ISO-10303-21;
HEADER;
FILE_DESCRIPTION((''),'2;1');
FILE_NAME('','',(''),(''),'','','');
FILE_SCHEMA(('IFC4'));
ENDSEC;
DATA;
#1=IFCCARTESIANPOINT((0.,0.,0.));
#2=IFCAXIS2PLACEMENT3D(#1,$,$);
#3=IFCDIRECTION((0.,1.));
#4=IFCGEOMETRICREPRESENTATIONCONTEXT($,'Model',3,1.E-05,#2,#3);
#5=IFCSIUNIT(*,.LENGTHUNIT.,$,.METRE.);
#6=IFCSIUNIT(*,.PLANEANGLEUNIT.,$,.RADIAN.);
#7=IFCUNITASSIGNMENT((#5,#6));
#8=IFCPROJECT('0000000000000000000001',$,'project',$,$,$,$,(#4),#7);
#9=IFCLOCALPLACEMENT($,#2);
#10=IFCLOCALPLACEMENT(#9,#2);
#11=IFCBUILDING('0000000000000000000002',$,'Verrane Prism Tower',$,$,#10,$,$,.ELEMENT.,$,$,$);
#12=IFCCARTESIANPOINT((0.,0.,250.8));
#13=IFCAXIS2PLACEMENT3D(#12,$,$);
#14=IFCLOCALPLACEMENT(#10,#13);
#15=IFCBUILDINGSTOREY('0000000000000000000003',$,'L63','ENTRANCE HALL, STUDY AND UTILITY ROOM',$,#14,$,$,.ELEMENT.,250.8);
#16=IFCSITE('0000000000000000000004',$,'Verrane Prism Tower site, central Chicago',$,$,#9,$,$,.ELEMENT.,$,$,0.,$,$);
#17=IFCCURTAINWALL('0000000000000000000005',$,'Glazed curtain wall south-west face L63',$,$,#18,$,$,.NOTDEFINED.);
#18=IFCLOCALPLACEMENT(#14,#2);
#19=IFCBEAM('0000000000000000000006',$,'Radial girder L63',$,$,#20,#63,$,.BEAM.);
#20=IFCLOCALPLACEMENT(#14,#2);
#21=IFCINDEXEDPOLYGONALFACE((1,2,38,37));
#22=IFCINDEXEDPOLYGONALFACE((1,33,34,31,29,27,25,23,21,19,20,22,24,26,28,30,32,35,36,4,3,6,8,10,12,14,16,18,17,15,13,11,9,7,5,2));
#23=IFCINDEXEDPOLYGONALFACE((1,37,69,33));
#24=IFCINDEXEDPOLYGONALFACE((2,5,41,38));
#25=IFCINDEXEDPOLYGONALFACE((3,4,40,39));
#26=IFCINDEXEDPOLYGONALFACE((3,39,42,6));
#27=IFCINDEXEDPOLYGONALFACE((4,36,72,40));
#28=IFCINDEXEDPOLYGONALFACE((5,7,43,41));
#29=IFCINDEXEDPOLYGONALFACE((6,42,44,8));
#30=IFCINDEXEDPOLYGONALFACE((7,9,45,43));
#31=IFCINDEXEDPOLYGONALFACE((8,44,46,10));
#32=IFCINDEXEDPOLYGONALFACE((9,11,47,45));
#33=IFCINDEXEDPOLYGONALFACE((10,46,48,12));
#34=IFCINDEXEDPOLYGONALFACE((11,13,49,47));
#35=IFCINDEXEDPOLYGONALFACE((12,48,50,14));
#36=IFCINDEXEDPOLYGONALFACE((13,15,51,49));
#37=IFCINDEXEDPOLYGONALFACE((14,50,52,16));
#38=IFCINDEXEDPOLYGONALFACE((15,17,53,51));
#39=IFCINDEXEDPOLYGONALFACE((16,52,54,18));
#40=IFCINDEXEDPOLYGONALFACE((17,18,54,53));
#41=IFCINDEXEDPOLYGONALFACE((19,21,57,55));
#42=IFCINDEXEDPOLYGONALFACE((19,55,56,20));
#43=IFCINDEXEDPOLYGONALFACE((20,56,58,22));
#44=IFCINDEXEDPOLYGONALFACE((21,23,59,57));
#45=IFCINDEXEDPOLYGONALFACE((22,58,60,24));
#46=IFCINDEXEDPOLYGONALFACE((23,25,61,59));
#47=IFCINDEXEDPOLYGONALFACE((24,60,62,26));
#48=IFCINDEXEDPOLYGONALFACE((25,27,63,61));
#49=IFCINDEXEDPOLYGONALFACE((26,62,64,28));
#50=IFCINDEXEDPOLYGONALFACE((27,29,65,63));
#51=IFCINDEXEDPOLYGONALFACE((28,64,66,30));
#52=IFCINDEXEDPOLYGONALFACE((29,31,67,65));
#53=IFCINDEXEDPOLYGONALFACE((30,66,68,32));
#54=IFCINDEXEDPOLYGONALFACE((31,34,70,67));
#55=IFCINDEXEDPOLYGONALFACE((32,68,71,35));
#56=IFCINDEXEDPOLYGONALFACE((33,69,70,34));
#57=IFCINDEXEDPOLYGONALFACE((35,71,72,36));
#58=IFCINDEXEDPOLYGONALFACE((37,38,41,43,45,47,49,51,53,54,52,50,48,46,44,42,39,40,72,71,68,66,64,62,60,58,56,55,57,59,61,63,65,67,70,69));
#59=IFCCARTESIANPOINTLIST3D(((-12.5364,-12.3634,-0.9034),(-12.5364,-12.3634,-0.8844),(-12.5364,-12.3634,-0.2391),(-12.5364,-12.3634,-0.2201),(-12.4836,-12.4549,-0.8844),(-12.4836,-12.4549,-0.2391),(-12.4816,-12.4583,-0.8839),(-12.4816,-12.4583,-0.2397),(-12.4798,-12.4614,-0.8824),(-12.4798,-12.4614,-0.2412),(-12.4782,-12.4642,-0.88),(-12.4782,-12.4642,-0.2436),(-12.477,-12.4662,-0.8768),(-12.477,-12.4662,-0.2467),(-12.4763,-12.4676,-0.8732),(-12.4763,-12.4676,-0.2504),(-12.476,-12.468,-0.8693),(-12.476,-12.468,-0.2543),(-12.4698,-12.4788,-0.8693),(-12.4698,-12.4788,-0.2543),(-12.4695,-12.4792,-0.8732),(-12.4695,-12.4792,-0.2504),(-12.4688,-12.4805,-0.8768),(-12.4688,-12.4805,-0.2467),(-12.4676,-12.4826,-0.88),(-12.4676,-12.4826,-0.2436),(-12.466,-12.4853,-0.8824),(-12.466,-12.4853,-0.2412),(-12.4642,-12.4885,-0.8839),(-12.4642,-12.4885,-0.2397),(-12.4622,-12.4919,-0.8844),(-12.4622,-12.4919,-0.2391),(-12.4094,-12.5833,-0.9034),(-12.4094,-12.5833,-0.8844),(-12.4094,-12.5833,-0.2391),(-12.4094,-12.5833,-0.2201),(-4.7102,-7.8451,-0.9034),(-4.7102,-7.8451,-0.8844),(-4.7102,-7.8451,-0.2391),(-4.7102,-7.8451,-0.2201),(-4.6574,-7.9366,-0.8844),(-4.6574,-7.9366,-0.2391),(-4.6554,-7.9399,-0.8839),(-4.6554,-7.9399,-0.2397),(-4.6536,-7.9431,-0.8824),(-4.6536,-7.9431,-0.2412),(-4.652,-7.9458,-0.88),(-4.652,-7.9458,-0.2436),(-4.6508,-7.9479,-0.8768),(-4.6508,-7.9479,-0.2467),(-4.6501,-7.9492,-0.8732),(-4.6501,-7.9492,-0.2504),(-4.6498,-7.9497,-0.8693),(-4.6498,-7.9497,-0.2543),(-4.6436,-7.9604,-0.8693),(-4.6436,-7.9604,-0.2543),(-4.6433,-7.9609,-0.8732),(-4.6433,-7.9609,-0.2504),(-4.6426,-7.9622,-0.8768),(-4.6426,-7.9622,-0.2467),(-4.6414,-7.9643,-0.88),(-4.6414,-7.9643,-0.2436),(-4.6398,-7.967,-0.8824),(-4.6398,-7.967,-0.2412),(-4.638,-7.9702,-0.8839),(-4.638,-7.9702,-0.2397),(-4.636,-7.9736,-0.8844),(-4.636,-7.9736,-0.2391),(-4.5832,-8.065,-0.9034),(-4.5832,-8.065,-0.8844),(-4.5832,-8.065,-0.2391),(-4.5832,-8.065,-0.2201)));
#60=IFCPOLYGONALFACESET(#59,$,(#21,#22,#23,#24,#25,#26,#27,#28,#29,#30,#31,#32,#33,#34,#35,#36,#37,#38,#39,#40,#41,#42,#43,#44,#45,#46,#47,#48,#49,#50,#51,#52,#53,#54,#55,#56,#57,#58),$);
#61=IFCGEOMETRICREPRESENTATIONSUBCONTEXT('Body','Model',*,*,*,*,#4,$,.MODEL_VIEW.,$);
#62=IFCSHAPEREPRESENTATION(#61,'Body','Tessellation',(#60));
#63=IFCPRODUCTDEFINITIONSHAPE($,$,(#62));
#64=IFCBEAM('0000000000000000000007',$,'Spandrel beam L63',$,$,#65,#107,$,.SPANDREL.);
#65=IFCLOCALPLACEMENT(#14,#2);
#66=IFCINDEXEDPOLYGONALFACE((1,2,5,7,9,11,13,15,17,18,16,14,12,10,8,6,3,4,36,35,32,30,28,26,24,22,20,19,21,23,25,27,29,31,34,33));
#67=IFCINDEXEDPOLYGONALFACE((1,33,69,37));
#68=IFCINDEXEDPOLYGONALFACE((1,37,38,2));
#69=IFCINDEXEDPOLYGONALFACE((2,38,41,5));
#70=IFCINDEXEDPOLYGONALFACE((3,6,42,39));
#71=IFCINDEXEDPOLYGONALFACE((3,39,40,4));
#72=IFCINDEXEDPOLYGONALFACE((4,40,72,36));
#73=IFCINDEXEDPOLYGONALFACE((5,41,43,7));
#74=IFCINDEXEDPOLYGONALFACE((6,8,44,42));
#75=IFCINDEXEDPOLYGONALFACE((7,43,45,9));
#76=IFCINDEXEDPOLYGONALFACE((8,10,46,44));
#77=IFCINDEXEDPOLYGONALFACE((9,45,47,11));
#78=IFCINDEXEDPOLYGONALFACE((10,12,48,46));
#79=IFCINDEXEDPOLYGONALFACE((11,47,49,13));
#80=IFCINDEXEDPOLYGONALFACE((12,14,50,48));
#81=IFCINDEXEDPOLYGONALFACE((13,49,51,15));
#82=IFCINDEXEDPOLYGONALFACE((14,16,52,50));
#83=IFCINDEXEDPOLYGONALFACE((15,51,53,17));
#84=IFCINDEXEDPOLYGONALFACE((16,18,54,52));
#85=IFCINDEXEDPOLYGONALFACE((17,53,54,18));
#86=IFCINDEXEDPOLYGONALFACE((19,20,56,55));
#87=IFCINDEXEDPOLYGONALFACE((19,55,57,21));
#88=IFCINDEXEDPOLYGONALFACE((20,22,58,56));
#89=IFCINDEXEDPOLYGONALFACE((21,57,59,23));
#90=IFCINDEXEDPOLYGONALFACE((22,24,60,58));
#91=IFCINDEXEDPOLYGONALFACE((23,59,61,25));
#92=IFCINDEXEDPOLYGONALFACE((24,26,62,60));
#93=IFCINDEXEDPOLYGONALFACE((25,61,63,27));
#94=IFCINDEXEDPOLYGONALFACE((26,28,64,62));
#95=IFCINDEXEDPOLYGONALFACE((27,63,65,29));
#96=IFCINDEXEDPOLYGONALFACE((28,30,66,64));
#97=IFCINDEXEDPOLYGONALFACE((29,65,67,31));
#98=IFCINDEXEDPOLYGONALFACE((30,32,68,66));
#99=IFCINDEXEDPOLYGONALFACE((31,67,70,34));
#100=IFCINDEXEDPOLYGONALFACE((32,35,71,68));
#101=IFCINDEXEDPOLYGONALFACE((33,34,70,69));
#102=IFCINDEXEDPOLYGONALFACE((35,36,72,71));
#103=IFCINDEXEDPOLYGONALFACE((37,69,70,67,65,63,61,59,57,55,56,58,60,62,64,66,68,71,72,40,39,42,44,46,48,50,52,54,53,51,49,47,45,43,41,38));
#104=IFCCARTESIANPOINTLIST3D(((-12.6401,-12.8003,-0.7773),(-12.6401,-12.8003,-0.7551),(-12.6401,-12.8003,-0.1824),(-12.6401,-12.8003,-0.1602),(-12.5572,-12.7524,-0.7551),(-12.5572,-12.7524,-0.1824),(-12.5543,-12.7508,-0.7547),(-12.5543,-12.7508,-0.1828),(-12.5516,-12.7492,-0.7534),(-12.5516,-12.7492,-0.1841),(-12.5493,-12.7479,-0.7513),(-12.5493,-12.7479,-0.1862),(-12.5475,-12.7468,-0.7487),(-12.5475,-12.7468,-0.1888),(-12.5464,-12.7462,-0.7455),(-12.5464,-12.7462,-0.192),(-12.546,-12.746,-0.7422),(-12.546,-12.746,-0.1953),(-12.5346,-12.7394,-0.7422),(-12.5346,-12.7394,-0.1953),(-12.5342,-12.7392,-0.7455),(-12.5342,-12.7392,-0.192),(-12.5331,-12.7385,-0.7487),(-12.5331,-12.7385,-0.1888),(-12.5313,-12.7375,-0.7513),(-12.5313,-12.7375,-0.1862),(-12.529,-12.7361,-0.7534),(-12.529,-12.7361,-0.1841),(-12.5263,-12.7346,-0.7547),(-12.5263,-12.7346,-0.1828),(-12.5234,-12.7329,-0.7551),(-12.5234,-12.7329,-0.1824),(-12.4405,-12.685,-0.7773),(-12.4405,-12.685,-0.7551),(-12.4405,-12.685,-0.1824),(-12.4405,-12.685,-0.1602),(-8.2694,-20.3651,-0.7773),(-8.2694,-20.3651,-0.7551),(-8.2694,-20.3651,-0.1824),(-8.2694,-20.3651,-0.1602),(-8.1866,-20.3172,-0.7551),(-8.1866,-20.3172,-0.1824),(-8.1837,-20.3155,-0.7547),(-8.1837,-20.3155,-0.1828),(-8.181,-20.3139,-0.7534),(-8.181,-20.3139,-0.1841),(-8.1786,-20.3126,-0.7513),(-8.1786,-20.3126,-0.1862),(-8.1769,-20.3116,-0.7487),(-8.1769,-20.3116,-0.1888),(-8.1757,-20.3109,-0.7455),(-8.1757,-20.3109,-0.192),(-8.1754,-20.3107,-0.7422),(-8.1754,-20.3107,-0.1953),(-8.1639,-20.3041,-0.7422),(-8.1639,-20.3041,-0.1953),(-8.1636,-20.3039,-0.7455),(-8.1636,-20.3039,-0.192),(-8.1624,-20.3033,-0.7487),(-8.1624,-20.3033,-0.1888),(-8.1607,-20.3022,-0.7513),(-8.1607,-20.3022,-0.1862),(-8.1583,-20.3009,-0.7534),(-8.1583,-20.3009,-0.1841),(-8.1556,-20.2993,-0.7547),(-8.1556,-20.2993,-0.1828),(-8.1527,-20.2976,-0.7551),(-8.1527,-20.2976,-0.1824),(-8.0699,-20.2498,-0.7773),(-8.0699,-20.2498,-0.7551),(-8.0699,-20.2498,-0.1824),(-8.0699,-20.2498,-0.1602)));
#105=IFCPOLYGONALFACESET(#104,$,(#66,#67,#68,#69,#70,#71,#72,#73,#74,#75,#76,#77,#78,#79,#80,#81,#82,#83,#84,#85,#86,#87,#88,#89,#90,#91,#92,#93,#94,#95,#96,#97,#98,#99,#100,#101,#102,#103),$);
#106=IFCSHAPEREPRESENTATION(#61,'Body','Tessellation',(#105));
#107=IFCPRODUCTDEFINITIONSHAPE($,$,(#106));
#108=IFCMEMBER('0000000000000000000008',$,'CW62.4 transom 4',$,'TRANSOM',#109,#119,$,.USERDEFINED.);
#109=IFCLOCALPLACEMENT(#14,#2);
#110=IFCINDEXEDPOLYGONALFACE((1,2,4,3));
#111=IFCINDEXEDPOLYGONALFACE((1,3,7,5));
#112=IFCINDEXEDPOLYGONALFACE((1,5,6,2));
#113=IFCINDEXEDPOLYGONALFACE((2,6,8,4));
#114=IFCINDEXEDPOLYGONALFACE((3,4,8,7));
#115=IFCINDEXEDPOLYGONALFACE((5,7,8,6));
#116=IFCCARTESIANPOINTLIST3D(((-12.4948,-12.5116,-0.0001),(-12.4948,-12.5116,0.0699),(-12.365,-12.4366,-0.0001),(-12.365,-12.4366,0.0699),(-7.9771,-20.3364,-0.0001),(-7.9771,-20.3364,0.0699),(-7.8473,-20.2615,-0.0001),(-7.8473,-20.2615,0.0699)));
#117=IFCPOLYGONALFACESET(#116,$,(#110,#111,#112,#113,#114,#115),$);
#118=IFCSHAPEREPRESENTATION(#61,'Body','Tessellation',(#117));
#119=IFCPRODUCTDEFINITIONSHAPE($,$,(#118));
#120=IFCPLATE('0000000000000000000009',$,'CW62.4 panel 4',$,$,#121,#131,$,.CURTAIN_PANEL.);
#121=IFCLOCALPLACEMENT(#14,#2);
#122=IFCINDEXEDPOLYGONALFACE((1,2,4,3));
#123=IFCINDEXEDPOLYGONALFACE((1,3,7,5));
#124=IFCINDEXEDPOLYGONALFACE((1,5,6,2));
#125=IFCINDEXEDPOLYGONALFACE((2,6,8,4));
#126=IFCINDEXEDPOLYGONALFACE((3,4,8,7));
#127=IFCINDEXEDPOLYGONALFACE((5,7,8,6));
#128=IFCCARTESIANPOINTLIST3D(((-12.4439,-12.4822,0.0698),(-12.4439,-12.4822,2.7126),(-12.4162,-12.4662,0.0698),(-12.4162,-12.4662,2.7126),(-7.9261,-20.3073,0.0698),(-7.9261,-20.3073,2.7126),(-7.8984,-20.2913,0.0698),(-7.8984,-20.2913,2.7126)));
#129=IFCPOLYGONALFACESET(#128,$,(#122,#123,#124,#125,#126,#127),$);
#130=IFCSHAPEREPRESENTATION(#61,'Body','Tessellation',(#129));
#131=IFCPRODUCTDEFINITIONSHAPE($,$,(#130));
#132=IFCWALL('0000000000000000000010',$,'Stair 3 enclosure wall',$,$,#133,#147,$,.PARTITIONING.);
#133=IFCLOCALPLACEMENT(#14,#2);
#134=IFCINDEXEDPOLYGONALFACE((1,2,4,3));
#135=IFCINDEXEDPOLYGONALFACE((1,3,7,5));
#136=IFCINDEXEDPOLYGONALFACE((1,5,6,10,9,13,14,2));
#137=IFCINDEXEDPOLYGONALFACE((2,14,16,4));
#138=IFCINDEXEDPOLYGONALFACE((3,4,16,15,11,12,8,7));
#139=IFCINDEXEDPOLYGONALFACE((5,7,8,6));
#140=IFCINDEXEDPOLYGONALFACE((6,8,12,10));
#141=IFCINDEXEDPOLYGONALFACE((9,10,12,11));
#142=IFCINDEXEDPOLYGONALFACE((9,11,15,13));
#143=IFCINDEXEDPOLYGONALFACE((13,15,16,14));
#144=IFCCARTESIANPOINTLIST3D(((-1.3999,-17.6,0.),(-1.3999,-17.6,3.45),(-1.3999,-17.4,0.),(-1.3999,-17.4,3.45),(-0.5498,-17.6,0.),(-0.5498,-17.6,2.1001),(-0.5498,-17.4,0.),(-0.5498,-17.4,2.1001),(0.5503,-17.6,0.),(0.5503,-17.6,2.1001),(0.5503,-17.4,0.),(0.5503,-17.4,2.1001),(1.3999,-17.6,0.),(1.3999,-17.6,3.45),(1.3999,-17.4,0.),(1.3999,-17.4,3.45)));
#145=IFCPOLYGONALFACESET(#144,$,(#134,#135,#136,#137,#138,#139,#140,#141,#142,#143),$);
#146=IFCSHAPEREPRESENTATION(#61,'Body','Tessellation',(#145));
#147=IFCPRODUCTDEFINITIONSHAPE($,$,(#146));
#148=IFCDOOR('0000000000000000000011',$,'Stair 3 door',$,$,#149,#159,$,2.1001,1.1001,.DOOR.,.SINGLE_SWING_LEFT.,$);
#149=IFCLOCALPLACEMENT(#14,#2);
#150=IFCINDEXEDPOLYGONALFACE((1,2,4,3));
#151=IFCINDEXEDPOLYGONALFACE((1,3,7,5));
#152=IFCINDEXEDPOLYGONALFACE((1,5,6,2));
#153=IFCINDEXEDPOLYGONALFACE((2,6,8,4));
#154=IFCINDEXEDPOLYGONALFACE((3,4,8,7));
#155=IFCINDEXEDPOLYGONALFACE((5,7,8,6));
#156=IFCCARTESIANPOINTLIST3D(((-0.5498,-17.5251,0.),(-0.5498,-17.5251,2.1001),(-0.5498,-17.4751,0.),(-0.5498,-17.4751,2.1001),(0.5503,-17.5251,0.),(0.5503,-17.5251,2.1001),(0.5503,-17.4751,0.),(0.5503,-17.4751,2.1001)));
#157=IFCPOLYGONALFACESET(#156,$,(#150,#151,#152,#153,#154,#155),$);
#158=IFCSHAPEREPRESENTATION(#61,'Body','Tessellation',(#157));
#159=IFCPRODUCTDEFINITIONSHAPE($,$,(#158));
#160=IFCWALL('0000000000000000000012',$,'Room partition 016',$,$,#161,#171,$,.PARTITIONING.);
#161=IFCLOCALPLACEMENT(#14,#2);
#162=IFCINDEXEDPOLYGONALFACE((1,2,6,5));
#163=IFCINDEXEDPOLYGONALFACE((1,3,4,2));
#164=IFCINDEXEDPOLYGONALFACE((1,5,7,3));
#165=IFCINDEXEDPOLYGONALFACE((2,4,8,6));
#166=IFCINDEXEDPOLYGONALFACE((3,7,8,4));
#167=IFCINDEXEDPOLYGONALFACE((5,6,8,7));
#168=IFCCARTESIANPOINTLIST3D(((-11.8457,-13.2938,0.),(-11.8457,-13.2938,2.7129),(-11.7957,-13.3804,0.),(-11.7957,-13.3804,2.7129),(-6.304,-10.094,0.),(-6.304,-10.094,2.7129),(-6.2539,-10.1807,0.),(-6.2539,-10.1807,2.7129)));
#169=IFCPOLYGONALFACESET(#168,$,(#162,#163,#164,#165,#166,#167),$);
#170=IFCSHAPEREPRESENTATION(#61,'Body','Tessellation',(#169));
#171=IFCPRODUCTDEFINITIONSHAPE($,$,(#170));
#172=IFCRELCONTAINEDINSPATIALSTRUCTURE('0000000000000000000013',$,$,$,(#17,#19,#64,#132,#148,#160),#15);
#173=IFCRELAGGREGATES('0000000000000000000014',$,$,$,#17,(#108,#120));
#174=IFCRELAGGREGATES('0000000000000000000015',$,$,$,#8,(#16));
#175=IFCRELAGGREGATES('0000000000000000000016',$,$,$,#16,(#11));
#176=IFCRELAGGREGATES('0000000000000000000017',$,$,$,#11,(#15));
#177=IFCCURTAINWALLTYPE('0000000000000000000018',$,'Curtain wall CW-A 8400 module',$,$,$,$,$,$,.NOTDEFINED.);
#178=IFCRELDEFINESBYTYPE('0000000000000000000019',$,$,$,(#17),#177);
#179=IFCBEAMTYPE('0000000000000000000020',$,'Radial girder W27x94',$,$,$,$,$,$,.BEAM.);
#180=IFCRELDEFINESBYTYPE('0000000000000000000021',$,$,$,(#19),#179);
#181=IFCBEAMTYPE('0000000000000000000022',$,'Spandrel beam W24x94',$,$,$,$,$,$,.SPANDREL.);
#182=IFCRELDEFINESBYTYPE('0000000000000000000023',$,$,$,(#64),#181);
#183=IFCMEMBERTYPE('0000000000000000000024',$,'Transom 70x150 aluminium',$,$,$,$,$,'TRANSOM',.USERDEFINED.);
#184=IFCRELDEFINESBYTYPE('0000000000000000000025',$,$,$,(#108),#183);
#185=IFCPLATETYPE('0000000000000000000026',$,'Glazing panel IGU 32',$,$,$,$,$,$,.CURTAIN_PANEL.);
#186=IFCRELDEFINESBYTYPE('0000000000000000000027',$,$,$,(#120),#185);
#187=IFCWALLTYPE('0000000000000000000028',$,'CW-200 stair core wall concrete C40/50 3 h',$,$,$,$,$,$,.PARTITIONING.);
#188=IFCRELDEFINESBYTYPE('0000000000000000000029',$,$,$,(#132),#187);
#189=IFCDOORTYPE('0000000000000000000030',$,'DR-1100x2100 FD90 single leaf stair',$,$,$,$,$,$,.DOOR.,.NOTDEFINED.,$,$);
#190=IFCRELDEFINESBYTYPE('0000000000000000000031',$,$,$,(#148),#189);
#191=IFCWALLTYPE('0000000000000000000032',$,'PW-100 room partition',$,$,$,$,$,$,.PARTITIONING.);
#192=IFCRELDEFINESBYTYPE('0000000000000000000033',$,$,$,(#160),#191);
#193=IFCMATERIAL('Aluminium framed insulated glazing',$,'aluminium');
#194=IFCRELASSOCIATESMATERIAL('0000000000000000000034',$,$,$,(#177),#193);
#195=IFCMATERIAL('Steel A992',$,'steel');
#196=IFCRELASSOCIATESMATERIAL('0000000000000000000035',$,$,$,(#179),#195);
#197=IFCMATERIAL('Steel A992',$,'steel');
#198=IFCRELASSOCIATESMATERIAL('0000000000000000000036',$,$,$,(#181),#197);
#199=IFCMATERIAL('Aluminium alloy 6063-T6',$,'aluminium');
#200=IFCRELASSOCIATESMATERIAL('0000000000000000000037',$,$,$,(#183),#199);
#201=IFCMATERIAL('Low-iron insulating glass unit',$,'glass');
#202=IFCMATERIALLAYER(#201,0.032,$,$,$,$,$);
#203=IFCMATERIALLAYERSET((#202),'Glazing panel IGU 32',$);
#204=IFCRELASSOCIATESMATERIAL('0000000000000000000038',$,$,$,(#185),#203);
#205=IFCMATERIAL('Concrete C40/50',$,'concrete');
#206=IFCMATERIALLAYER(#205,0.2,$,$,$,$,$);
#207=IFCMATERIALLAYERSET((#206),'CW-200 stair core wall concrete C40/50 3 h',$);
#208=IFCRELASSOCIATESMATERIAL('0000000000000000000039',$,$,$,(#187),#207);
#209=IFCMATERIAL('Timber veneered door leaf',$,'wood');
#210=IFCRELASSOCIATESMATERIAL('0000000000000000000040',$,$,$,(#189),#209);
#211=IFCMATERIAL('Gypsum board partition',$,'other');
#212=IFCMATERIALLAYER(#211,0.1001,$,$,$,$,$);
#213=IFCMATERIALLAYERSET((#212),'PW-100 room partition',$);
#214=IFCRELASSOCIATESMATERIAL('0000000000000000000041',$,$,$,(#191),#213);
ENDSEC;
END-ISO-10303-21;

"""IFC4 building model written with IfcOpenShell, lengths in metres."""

from ifc_helpers import new_model, si_unit, direction, frame, frame_2d, origin, origin_2d, place, context, subcontext, project, spatial, rectangle, i_section, extrude, material, layer, layer_set, material_profile, profile_set, type_object, element, fill, aggregate, save


model = new_model("IFC4")

# Units and contexts
model_context = context("Model", 3, precision=1e-05, world=origin(), true_north=direction((0.0, 1.0)))
body_context = subcontext(model_context, "Body", "Model", "MODEL_VIEW")
ifc_project = project(units=[si_unit("LENGTHUNIT", "METRE"), si_unit("PLANEANGLEUNIT", "RADIAN")], contexts=[model_context])

# Site, building, storey
site_placement = place(None, origin())
site = spatial("IfcSite", under=ifc_project, at=site_placement, Name="Verrane Prism Tower site, central Chicago", CompositionType="ELEMENT", RefElevation=0.0)
building_placement = place(site_placement, origin())
building = spatial("IfcBuilding", under=site, at=building_placement, Name="Verrane Prism Tower", CompositionType="ELEMENT")
storey_placement = place(building_placement, frame((0.0, 0.0, 250.8)))
storey = spatial("IfcBuildingStorey", under=building, at=storey_placement, Name="L63", Description="ENTRANCE HALL, STUDY AND UTILITY ROOM", CompositionType="ELEMENT", Elevation=250.8)

# Curtain wall
ifc_material_1 = material(Name="Aluminium framed insulated glazing", Category="aluminium")
curtain_wall_type = type_object("IfcCurtainWallType", Name="Curtain wall CW-A 8400 module", PredefinedType="NOTDEFINED", material=ifc_material_1)
curtain_wall_placement = place(storey_placement, origin())
curtain_wall = element("IfcCurtainWall", 1, at=curtain_wall_placement, inside=storey, type_object=curtain_wall_type, Name="Glazed curtain wall south-west face L63", PredefinedType="NOTDEFINED")

# Beams
ifc_material_2 = material(Name="Steel A992", Category="steel")
ifc_material_profile_1 = material_profile(ifc_material_2, i_section(OverallWidth=0.2539, OverallDepth=0.6833, WebThickness=0.0125, FlangeThickness=0.019, FilletRadius=0.0151, at=origin_2d()), Name="W27x94")
ifc_profile_set_1 = profile_set([ifc_material_profile_1], Name="Steel A992")
beam_type_1 = type_object("IfcBeamType", Name="Radial girder W27x94", PredefinedType="BEAM", material=ifc_profile_set_1)
beam_1_placement = place(storey_placement, frame((-12.4729, -12.4734, -0.5618), z_axis=(0.866032, 0.499989, 0.0), x_axis=(-0.499989, 0.866032, 0.0)))
element("IfcBeam", 2, at=beam_1_placement, inside=storey, type_object=beam_type_1, Name="Radial girder L63", PredefinedType="BEAM", context=body_context, shape_type="SweptSolid", body=[
    extrude(i_section(OverallWidth=0.2539, OverallDepth=0.6833, WebThickness=0.0125, FlangeThickness=0.019, FilletRadius=0.0151, at=origin_2d()), origin(), (0.0, 0.0, 1.0), 9.0369),
])
ifc_material_3 = material(Name="Steel A992", Category="steel")
ifc_material_profile_2 = material_profile(ifc_material_3, i_section(OverallWidth=0.2305, OverallDepth=0.6172, WebThickness=0.0132, FlangeThickness=0.0222, FilletRadius=0.0129, at=origin_2d()), Name="W24x94")
ifc_profile_set_2 = profile_set([ifc_material_profile_2], Name="Steel A992")
beam_type_2 = type_object("IfcBeamType", Name="Spandrel beam W24x94", PredefinedType="SPANDREL", material=ifc_profile_set_2)
beam_2_placement = place(storey_placement, frame((-12.5403, -12.7427, -0.4688), z_axis=(0.500268, -0.86587, 0.0), x_axis=(0.86587, 0.500268, 0.0)))
element("IfcBeam", 3, at=beam_2_placement, inside=storey, type_object=beam_type_2, Name="Spandrel beam L63", PredefinedType="SPANDREL", context=body_context, shape_type="SweptSolid", body=[
    extrude(i_section(OverallWidth=0.2305, OverallDepth=0.6172, WebThickness=0.0132, FlangeThickness=0.0222, FilletRadius=0.0129, at=origin_2d()), origin(), (0.0, 0.0, 1.0), 8.7366),
])

# Member
ifc_material_4 = material(Name="Aluminium alloy 6063-T6", Category="aluminium")
ifc_material_profile_3 = material_profile(ifc_material_4, rectangle(XDim=0.1499, YDim=0.0701, at=origin_2d()), Name="Transom 70x150 aluminium")
ifc_profile_set_3 = profile_set([ifc_material_profile_3], Name="Aluminium alloy 6063-T6")
member_type_1 = type_object("IfcMemberType", Name="Transom 70x150 aluminium", ElementType="TRANSOM", PredefinedType="USERDEFINED", material=ifc_profile_set_3)
member_1_placement = place(storey_placement, frame((-12.4299, -12.4741, 0.0349), z_axis=(0.500007, -0.866021, 0.0), x_axis=(0.866021, 0.500007, 0.0)))
member_1 = element("IfcMember", 4, at=member_1_placement, type_object=member_type_1, Name="CW62.4 transom 4", ObjectType="TRANSOM", PredefinedType="USERDEFINED", context=body_context, shape_type="SweptSolid", body=[
    extrude(rectangle(XDim=0.1499, YDim=0.0701, at=origin_2d()), origin(), (0.0, 0.0, 1.0), 9.0354),
])

# Plate
ifc_material_5 = material(Name="Low-iron insulating glass unit", Category="glass")
ifc_layer_1 = layer(ifc_material_5, 0.032)
ifc_layer_set_1 = layer_set([ifc_layer_1], Name="Glazing panel IGU 32")
plate_type = type_object("IfcPlateType", Name="Glazing panel IGU 32", PredefinedType="CURTAIN_PANEL", material=ifc_layer_set_1)
plate_placement = place(storey_placement, frame((-10.1711, -16.3867, 0.0698), z_axis=(0.0, 0.0, 1.0), x_axis=(0.5, -0.866026, 0.0)))
plate = element("IfcPlate", 5, at=plate_placement, type_object=plate_type, Name="CW62.4 panel 4", PredefinedType="CURTAIN_PANEL", context=body_context, shape_type="SweptSolid", body=[
    extrude(rectangle(XDim=9.0356, YDim=0.032, at=origin_2d()), origin(), (0.0, 0.0, 1.0), 2.6428),
])
aggregate(curtain_wall, [member_1, plate])

# Wall, opening, door
ifc_material_6 = material(Name="Concrete C40/50", Category="concrete")
ifc_layer_2 = layer(ifc_material_6, 0.2)
ifc_layer_set_2 = layer_set([ifc_layer_2], Name="CW-200 stair core wall concrete C40/50 3 h")
wall_type_1 = type_object("IfcWallType", Name="CW-200 stair core wall concrete C40/50 3 h", PredefinedType="PARTITIONING", material=ifc_layer_set_2)
wall_1_placement = place(storey_placement, frame((-1.3999, -17.5, 0.0), z_axis=(0.0, 0.0, 1.0), x_axis=(1.0, 0.0, 0.0)))
wall_1 = element("IfcWall", 6, at=wall_1_placement, inside=storey, type_object=wall_type_1, Name="Stair 3 enclosure wall", PredefinedType="PARTITIONING", context=body_context, shape_type="SweptSolid", body=[
    extrude(rectangle(XDim=2.7998, YDim=0.2, at=frame_2d((1.3999, 0.0))), origin(), (0.0, 0.0, 1.0), 3.45),
])
opening_1_placement = place(wall_1_placement, frame((0.8501, 0.0, 0.0)))
opening_1 = element("IfcOpeningElement", 7, at=opening_1_placement, cuts=wall_1, PredefinedType="OPENING", context=body_context, shape_type="SweptSolid", body=[
    extrude(rectangle(XDim=1.1001, YDim=2.1001, at=frame_2d((0.55, 1.05))), frame((0.0, 0.1099, 0.0), z_axis=(0.0, -1.0, 0.0), x_axis=(1.0, 0.0, 0.0)), (0.0, 0.0, 1.0), 0.22),
])
ifc_material_7 = material(Name="Timber veneered door leaf", Category="wood")
door_type_1 = type_object("IfcDoorType", Name="DR-1100x2100 FD90 single leaf stair", OperationType="NOTDEFINED", PredefinedType="DOOR", material=ifc_material_7)
door_1_placement = place(opening_1_placement, origin())
door_1 = element("IfcDoor", 8, at=door_1_placement, inside=storey, type_object=door_type_1, Name="Stair 3 door", OperationType="SINGLE_SWING_LEFT", OverallHeight=2.1001, OverallWidth=1.1001, PredefinedType="DOOR", context=body_context, shape_type="SweptSolid", body=[
    extrude(rectangle(XDim=1.1001, YDim=2.1001, at=frame_2d((0.55, 1.05))), frame((0.0, 0.0249, 0.0), z_axis=(0.0, -1.0, 0.0), x_axis=(1.0, 0.0, 0.0)), (0.0, 0.0, 1.0), 0.05),
])
fill(opening_1, door_1)

# Wall
ifc_material_8 = material(Name="Gypsum board partition", Category="other")
ifc_layer_3 = layer(ifc_material_8, 0.1001)
ifc_layer_set_3 = layer_set([ifc_layer_3], Name="PW-100 room partition")
wall_type_2 = type_object("IfcWallType", Name="PW-100 room partition", PredefinedType="PARTITIONING", material=ifc_layer_set_3)
wall_2_placement = place(storey_placement, frame((-11.8208, -13.3372, 0.0), z_axis=(0.0, 0.0, 1.0), x_axis=(0.866013, 0.500021, 0.0)))
element("IfcWall", 9, at=wall_2_placement, inside=storey, type_object=wall_type_2, Name="Room partition 016", PredefinedType="PARTITIONING", context=body_context, shape_type="SweptSolid", body=[
    extrude(rectangle(XDim=6.3992, YDim=0.1001, at=frame_2d((3.1997, 0.0))), origin(), (0.0, 0.0, 1.0), 2.7129),
])

save(model, "model.ifc")
